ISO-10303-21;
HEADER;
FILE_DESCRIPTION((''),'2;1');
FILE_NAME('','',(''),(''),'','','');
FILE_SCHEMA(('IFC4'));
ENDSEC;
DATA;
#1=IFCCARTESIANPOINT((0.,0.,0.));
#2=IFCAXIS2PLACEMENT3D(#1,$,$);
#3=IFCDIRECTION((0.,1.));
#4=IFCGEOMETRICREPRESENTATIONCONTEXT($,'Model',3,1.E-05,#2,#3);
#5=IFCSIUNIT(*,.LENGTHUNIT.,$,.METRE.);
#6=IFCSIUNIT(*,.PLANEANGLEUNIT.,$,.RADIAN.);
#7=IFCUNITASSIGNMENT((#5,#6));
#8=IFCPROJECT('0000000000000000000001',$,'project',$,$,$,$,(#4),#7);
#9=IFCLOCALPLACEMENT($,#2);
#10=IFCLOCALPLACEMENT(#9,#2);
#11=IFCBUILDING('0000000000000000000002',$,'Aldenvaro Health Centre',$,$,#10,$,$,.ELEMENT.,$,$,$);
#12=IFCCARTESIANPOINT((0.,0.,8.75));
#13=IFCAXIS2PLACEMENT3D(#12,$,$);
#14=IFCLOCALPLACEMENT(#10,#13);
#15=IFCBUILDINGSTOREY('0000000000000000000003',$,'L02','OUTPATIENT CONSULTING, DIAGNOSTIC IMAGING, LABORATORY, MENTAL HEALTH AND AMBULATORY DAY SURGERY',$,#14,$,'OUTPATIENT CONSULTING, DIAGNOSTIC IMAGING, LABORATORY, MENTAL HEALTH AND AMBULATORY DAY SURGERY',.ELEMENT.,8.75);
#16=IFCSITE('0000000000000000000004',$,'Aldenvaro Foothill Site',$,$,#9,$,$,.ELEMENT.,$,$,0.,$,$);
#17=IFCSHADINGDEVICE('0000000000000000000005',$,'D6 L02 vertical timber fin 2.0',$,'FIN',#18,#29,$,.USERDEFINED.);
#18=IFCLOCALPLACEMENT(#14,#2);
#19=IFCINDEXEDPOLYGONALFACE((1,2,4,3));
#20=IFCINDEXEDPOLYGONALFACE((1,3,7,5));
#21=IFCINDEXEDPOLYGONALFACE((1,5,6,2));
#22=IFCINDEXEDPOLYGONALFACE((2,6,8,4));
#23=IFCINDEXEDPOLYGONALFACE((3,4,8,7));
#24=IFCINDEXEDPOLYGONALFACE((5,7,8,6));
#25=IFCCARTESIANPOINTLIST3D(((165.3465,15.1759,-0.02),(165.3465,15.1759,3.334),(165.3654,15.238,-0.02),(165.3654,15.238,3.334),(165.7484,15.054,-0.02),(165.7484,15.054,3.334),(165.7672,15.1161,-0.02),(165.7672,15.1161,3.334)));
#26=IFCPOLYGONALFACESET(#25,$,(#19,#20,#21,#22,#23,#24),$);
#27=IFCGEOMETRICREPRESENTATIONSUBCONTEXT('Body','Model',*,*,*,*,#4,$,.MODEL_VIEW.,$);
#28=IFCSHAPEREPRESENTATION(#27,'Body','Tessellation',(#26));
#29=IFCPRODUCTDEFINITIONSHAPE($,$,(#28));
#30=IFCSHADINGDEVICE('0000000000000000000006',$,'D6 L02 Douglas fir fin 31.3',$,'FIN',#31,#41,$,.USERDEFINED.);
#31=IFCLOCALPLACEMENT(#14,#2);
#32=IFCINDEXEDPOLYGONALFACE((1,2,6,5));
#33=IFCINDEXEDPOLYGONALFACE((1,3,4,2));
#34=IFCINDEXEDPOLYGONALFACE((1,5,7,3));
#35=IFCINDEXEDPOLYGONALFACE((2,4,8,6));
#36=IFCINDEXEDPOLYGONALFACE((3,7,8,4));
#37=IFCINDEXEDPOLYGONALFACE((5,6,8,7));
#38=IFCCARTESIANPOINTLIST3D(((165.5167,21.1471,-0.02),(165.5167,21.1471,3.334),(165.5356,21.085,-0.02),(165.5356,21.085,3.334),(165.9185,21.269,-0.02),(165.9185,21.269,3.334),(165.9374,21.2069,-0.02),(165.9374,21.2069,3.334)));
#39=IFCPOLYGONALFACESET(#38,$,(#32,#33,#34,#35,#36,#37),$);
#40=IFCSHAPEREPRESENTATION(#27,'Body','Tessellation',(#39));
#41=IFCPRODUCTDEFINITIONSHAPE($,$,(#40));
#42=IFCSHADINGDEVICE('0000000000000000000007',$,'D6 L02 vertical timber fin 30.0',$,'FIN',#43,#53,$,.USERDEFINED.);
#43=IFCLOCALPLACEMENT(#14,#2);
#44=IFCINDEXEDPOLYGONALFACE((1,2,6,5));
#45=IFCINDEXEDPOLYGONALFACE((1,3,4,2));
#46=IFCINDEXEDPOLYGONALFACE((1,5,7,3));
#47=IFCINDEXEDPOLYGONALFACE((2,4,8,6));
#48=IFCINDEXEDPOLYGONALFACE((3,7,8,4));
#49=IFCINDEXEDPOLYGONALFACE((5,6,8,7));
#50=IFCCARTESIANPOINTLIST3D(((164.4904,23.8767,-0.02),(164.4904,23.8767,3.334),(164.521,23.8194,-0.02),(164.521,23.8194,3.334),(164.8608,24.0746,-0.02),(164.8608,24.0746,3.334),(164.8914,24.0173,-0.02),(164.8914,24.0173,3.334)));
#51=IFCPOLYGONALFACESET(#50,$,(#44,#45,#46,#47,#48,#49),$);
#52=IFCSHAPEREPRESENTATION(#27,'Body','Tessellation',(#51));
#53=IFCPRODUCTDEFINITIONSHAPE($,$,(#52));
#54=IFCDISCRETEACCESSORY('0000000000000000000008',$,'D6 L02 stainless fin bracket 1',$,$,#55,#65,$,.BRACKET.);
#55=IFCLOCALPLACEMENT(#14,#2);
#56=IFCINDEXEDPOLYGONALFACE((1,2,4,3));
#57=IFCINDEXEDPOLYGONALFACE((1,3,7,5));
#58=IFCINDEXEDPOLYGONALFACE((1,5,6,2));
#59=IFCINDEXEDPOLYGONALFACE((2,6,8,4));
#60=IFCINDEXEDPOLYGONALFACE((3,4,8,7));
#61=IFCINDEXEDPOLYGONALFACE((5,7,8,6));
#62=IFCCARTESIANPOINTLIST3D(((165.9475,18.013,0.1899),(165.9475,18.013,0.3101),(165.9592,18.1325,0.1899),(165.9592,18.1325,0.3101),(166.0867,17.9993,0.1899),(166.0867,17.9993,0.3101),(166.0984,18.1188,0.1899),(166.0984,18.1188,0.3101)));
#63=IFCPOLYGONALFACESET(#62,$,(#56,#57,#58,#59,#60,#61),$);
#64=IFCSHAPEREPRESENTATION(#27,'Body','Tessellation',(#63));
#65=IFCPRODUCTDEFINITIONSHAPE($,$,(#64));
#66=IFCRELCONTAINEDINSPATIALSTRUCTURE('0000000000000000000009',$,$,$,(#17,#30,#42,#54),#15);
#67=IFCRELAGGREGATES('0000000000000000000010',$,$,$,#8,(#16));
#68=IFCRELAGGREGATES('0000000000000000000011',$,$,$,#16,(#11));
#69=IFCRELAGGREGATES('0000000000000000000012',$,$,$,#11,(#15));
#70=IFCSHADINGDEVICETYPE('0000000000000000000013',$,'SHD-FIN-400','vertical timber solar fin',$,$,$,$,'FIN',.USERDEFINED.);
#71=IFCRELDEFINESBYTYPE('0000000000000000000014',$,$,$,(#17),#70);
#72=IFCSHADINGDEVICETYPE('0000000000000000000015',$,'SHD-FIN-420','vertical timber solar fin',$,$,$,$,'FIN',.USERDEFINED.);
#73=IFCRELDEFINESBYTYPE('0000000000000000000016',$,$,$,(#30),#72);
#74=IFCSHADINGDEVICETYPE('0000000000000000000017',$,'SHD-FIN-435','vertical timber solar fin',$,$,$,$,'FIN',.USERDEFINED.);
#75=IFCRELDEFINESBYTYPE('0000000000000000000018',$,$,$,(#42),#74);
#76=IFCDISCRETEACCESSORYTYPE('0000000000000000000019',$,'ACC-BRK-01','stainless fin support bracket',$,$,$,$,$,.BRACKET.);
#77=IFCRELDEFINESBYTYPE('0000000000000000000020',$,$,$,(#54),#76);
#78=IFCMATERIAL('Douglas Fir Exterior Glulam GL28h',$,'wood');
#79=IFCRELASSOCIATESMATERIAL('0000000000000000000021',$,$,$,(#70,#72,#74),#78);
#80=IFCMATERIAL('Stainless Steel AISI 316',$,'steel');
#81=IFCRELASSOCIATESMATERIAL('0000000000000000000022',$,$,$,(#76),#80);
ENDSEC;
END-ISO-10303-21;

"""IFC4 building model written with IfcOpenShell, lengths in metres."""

from ifc_helpers import new_model, si_unit, direction, frame, origin, origin_2d, place, context, subcontext, project, spatial, rectangle, extrude, material, type_object, element, save


model = new_model("IFC4")

# Units and contexts
model_context = context("Model", 3, precision=1e-05, world=origin(), true_north=direction((0.0, 1.0)))
body_context = subcontext(model_context, "Body", "Model", "MODEL_VIEW")
ifc_project = project(units=[si_unit("LENGTHUNIT", "METRE"), si_unit("PLANEANGLEUNIT", "RADIAN")], contexts=[model_context])

# Site, building, storey
site_placement = place(None, origin())
site = spatial("IfcSite", under=ifc_project, at=site_placement, Name="Aldenvaro Foothill Site", CompositionType="ELEMENT", RefElevation=0.0)
building_placement = place(site_placement, origin())
building = spatial("IfcBuilding", under=site, at=building_placement, Name="Aldenvaro Health Centre", CompositionType="ELEMENT")
storey_placement = place(building_placement, frame((0.0, 0.0, 8.75)))
storey = spatial("IfcBuildingStorey", under=building, at=storey_placement, Name="L02", Description="OUTPATIENT CONSULTING, DIAGNOSTIC IMAGING, LABORATORY, MENTAL HEALTH AND AMBULATORY DAY SURGERY", LongName="OUTPATIENT CONSULTING, DIAGNOSTIC IMAGING, LABORATORY, MENTAL HEALTH AND AMBULATORY DAY SURGERY", CompositionType="ELEMENT", Elevation=8.75)

# Shading devices
ifc_material_1 = material(Name="Douglas Fir Exterior Glulam GL28h", Category="wood")
shading_device_type_1 = type_object("IfcShadingDeviceType", Name="SHD-FIN-400", Description="vertical timber solar fin", ElementType="FIN", PredefinedType="USERDEFINED", material=ifc_material_1)
shading_device_1_placement = place(storey_placement, frame((165.5569, 15.146, -0.02), z_axis=(0.0, 0.0, 1.0), x_axis=(-0.290343, -0.956923, 0.0)))
element("IfcShadingDevice", 1, at=shading_device_1_placement, inside=storey, type_object=shading_device_type_1, Name="D6 L02 vertical timber fin 2.0", ObjectType="FIN", PredefinedType="USERDEFINED", context=body_context, shape_type="SweptSolid", body=[
    extrude(rectangle(XDim=0.0649, YDim=0.4199, at=origin_2d()), origin(), (0.0, 0.0, 1.0), 3.354),
])
shading_device_type_2 = type_object("IfcShadingDeviceType", Name="SHD-FIN-420", Description="vertical timber solar fin", ElementType="FIN", PredefinedType="USERDEFINED", material=ifc_material_1)
shading_device_2_placement = place(storey_placement, frame((165.7271, 21.177, -0.02), z_axis=(0.0, 0.0, 1.0), x_axis=(0.290343, -0.956923, 0.0)))
element("IfcShadingDevice", 2, at=shading_device_2_placement, inside=storey, type_object=shading_device_type_2, Name="D6 L02 Douglas fir fin 31.3", ObjectType="FIN", PredefinedType="USERDEFINED", context=body_context, shape_type="SweptSolid", body=[
    extrude(rectangle(XDim=0.0649, YDim=0.4199, at=origin_2d()), origin(), (0.0, 0.0, 1.0), 3.354),
])
shading_device_type_3 = type_object("IfcShadingDeviceType", Name="SHD-FIN-435", Description="vertical timber solar fin", ElementType="FIN", PredefinedType="USERDEFINED", material=ifc_material_1)
shading_device_3_placement = place(storey_placement, frame((164.6909, 23.947, -0.02), z_axis=(0.0, 0.0, 1.0), x_axis=(0.471215, -0.882018, 0.0)))
element("IfcShadingDevice", 3, at=shading_device_3_placement, inside=storey, type_object=shading_device_type_3, Name="D6 L02 vertical timber fin 30.0", ObjectType="FIN", PredefinedType="USERDEFINED", context=body_context, shape_type="SweptSolid", body=[
    extrude(rectangle(XDim=0.0649, YDim=0.4199, at=origin_2d()), origin(), (0.0, 0.0, 1.0), 3.354),
])

# Discrete accessory
ifc_material_2 = material(Name="Stainless Steel AISI 316", Category="steel")
discrete_accessory_type = type_object("IfcDiscreteAccessoryType", Name="ACC-BRK-01", Description="stainless fin support bracket", PredefinedType="BRACKET", material=ifc_material_2)
discrete_accessory_placement = place(storey_placement, frame((166.0229, 18.0659, 0.1899), z_axis=(0.0, 0.0, 1.0), x_axis=(-0.097997, -0.995187, 0.0)))
element("IfcDiscreteAccessory", 4, at=discrete_accessory_placement, inside=storey, type_object=discrete_accessory_type, Name="D6 L02 stainless fin bracket 1", PredefinedType="BRACKET", context=body_context, shape_type="SweptSolid", body=[
    extrude(rectangle(XDim=0.1201, YDim=0.1399, at=origin_2d()), origin(), (0.0, 0.0, 1.0), 0.1201),
])

save(model, "model.ifc")
